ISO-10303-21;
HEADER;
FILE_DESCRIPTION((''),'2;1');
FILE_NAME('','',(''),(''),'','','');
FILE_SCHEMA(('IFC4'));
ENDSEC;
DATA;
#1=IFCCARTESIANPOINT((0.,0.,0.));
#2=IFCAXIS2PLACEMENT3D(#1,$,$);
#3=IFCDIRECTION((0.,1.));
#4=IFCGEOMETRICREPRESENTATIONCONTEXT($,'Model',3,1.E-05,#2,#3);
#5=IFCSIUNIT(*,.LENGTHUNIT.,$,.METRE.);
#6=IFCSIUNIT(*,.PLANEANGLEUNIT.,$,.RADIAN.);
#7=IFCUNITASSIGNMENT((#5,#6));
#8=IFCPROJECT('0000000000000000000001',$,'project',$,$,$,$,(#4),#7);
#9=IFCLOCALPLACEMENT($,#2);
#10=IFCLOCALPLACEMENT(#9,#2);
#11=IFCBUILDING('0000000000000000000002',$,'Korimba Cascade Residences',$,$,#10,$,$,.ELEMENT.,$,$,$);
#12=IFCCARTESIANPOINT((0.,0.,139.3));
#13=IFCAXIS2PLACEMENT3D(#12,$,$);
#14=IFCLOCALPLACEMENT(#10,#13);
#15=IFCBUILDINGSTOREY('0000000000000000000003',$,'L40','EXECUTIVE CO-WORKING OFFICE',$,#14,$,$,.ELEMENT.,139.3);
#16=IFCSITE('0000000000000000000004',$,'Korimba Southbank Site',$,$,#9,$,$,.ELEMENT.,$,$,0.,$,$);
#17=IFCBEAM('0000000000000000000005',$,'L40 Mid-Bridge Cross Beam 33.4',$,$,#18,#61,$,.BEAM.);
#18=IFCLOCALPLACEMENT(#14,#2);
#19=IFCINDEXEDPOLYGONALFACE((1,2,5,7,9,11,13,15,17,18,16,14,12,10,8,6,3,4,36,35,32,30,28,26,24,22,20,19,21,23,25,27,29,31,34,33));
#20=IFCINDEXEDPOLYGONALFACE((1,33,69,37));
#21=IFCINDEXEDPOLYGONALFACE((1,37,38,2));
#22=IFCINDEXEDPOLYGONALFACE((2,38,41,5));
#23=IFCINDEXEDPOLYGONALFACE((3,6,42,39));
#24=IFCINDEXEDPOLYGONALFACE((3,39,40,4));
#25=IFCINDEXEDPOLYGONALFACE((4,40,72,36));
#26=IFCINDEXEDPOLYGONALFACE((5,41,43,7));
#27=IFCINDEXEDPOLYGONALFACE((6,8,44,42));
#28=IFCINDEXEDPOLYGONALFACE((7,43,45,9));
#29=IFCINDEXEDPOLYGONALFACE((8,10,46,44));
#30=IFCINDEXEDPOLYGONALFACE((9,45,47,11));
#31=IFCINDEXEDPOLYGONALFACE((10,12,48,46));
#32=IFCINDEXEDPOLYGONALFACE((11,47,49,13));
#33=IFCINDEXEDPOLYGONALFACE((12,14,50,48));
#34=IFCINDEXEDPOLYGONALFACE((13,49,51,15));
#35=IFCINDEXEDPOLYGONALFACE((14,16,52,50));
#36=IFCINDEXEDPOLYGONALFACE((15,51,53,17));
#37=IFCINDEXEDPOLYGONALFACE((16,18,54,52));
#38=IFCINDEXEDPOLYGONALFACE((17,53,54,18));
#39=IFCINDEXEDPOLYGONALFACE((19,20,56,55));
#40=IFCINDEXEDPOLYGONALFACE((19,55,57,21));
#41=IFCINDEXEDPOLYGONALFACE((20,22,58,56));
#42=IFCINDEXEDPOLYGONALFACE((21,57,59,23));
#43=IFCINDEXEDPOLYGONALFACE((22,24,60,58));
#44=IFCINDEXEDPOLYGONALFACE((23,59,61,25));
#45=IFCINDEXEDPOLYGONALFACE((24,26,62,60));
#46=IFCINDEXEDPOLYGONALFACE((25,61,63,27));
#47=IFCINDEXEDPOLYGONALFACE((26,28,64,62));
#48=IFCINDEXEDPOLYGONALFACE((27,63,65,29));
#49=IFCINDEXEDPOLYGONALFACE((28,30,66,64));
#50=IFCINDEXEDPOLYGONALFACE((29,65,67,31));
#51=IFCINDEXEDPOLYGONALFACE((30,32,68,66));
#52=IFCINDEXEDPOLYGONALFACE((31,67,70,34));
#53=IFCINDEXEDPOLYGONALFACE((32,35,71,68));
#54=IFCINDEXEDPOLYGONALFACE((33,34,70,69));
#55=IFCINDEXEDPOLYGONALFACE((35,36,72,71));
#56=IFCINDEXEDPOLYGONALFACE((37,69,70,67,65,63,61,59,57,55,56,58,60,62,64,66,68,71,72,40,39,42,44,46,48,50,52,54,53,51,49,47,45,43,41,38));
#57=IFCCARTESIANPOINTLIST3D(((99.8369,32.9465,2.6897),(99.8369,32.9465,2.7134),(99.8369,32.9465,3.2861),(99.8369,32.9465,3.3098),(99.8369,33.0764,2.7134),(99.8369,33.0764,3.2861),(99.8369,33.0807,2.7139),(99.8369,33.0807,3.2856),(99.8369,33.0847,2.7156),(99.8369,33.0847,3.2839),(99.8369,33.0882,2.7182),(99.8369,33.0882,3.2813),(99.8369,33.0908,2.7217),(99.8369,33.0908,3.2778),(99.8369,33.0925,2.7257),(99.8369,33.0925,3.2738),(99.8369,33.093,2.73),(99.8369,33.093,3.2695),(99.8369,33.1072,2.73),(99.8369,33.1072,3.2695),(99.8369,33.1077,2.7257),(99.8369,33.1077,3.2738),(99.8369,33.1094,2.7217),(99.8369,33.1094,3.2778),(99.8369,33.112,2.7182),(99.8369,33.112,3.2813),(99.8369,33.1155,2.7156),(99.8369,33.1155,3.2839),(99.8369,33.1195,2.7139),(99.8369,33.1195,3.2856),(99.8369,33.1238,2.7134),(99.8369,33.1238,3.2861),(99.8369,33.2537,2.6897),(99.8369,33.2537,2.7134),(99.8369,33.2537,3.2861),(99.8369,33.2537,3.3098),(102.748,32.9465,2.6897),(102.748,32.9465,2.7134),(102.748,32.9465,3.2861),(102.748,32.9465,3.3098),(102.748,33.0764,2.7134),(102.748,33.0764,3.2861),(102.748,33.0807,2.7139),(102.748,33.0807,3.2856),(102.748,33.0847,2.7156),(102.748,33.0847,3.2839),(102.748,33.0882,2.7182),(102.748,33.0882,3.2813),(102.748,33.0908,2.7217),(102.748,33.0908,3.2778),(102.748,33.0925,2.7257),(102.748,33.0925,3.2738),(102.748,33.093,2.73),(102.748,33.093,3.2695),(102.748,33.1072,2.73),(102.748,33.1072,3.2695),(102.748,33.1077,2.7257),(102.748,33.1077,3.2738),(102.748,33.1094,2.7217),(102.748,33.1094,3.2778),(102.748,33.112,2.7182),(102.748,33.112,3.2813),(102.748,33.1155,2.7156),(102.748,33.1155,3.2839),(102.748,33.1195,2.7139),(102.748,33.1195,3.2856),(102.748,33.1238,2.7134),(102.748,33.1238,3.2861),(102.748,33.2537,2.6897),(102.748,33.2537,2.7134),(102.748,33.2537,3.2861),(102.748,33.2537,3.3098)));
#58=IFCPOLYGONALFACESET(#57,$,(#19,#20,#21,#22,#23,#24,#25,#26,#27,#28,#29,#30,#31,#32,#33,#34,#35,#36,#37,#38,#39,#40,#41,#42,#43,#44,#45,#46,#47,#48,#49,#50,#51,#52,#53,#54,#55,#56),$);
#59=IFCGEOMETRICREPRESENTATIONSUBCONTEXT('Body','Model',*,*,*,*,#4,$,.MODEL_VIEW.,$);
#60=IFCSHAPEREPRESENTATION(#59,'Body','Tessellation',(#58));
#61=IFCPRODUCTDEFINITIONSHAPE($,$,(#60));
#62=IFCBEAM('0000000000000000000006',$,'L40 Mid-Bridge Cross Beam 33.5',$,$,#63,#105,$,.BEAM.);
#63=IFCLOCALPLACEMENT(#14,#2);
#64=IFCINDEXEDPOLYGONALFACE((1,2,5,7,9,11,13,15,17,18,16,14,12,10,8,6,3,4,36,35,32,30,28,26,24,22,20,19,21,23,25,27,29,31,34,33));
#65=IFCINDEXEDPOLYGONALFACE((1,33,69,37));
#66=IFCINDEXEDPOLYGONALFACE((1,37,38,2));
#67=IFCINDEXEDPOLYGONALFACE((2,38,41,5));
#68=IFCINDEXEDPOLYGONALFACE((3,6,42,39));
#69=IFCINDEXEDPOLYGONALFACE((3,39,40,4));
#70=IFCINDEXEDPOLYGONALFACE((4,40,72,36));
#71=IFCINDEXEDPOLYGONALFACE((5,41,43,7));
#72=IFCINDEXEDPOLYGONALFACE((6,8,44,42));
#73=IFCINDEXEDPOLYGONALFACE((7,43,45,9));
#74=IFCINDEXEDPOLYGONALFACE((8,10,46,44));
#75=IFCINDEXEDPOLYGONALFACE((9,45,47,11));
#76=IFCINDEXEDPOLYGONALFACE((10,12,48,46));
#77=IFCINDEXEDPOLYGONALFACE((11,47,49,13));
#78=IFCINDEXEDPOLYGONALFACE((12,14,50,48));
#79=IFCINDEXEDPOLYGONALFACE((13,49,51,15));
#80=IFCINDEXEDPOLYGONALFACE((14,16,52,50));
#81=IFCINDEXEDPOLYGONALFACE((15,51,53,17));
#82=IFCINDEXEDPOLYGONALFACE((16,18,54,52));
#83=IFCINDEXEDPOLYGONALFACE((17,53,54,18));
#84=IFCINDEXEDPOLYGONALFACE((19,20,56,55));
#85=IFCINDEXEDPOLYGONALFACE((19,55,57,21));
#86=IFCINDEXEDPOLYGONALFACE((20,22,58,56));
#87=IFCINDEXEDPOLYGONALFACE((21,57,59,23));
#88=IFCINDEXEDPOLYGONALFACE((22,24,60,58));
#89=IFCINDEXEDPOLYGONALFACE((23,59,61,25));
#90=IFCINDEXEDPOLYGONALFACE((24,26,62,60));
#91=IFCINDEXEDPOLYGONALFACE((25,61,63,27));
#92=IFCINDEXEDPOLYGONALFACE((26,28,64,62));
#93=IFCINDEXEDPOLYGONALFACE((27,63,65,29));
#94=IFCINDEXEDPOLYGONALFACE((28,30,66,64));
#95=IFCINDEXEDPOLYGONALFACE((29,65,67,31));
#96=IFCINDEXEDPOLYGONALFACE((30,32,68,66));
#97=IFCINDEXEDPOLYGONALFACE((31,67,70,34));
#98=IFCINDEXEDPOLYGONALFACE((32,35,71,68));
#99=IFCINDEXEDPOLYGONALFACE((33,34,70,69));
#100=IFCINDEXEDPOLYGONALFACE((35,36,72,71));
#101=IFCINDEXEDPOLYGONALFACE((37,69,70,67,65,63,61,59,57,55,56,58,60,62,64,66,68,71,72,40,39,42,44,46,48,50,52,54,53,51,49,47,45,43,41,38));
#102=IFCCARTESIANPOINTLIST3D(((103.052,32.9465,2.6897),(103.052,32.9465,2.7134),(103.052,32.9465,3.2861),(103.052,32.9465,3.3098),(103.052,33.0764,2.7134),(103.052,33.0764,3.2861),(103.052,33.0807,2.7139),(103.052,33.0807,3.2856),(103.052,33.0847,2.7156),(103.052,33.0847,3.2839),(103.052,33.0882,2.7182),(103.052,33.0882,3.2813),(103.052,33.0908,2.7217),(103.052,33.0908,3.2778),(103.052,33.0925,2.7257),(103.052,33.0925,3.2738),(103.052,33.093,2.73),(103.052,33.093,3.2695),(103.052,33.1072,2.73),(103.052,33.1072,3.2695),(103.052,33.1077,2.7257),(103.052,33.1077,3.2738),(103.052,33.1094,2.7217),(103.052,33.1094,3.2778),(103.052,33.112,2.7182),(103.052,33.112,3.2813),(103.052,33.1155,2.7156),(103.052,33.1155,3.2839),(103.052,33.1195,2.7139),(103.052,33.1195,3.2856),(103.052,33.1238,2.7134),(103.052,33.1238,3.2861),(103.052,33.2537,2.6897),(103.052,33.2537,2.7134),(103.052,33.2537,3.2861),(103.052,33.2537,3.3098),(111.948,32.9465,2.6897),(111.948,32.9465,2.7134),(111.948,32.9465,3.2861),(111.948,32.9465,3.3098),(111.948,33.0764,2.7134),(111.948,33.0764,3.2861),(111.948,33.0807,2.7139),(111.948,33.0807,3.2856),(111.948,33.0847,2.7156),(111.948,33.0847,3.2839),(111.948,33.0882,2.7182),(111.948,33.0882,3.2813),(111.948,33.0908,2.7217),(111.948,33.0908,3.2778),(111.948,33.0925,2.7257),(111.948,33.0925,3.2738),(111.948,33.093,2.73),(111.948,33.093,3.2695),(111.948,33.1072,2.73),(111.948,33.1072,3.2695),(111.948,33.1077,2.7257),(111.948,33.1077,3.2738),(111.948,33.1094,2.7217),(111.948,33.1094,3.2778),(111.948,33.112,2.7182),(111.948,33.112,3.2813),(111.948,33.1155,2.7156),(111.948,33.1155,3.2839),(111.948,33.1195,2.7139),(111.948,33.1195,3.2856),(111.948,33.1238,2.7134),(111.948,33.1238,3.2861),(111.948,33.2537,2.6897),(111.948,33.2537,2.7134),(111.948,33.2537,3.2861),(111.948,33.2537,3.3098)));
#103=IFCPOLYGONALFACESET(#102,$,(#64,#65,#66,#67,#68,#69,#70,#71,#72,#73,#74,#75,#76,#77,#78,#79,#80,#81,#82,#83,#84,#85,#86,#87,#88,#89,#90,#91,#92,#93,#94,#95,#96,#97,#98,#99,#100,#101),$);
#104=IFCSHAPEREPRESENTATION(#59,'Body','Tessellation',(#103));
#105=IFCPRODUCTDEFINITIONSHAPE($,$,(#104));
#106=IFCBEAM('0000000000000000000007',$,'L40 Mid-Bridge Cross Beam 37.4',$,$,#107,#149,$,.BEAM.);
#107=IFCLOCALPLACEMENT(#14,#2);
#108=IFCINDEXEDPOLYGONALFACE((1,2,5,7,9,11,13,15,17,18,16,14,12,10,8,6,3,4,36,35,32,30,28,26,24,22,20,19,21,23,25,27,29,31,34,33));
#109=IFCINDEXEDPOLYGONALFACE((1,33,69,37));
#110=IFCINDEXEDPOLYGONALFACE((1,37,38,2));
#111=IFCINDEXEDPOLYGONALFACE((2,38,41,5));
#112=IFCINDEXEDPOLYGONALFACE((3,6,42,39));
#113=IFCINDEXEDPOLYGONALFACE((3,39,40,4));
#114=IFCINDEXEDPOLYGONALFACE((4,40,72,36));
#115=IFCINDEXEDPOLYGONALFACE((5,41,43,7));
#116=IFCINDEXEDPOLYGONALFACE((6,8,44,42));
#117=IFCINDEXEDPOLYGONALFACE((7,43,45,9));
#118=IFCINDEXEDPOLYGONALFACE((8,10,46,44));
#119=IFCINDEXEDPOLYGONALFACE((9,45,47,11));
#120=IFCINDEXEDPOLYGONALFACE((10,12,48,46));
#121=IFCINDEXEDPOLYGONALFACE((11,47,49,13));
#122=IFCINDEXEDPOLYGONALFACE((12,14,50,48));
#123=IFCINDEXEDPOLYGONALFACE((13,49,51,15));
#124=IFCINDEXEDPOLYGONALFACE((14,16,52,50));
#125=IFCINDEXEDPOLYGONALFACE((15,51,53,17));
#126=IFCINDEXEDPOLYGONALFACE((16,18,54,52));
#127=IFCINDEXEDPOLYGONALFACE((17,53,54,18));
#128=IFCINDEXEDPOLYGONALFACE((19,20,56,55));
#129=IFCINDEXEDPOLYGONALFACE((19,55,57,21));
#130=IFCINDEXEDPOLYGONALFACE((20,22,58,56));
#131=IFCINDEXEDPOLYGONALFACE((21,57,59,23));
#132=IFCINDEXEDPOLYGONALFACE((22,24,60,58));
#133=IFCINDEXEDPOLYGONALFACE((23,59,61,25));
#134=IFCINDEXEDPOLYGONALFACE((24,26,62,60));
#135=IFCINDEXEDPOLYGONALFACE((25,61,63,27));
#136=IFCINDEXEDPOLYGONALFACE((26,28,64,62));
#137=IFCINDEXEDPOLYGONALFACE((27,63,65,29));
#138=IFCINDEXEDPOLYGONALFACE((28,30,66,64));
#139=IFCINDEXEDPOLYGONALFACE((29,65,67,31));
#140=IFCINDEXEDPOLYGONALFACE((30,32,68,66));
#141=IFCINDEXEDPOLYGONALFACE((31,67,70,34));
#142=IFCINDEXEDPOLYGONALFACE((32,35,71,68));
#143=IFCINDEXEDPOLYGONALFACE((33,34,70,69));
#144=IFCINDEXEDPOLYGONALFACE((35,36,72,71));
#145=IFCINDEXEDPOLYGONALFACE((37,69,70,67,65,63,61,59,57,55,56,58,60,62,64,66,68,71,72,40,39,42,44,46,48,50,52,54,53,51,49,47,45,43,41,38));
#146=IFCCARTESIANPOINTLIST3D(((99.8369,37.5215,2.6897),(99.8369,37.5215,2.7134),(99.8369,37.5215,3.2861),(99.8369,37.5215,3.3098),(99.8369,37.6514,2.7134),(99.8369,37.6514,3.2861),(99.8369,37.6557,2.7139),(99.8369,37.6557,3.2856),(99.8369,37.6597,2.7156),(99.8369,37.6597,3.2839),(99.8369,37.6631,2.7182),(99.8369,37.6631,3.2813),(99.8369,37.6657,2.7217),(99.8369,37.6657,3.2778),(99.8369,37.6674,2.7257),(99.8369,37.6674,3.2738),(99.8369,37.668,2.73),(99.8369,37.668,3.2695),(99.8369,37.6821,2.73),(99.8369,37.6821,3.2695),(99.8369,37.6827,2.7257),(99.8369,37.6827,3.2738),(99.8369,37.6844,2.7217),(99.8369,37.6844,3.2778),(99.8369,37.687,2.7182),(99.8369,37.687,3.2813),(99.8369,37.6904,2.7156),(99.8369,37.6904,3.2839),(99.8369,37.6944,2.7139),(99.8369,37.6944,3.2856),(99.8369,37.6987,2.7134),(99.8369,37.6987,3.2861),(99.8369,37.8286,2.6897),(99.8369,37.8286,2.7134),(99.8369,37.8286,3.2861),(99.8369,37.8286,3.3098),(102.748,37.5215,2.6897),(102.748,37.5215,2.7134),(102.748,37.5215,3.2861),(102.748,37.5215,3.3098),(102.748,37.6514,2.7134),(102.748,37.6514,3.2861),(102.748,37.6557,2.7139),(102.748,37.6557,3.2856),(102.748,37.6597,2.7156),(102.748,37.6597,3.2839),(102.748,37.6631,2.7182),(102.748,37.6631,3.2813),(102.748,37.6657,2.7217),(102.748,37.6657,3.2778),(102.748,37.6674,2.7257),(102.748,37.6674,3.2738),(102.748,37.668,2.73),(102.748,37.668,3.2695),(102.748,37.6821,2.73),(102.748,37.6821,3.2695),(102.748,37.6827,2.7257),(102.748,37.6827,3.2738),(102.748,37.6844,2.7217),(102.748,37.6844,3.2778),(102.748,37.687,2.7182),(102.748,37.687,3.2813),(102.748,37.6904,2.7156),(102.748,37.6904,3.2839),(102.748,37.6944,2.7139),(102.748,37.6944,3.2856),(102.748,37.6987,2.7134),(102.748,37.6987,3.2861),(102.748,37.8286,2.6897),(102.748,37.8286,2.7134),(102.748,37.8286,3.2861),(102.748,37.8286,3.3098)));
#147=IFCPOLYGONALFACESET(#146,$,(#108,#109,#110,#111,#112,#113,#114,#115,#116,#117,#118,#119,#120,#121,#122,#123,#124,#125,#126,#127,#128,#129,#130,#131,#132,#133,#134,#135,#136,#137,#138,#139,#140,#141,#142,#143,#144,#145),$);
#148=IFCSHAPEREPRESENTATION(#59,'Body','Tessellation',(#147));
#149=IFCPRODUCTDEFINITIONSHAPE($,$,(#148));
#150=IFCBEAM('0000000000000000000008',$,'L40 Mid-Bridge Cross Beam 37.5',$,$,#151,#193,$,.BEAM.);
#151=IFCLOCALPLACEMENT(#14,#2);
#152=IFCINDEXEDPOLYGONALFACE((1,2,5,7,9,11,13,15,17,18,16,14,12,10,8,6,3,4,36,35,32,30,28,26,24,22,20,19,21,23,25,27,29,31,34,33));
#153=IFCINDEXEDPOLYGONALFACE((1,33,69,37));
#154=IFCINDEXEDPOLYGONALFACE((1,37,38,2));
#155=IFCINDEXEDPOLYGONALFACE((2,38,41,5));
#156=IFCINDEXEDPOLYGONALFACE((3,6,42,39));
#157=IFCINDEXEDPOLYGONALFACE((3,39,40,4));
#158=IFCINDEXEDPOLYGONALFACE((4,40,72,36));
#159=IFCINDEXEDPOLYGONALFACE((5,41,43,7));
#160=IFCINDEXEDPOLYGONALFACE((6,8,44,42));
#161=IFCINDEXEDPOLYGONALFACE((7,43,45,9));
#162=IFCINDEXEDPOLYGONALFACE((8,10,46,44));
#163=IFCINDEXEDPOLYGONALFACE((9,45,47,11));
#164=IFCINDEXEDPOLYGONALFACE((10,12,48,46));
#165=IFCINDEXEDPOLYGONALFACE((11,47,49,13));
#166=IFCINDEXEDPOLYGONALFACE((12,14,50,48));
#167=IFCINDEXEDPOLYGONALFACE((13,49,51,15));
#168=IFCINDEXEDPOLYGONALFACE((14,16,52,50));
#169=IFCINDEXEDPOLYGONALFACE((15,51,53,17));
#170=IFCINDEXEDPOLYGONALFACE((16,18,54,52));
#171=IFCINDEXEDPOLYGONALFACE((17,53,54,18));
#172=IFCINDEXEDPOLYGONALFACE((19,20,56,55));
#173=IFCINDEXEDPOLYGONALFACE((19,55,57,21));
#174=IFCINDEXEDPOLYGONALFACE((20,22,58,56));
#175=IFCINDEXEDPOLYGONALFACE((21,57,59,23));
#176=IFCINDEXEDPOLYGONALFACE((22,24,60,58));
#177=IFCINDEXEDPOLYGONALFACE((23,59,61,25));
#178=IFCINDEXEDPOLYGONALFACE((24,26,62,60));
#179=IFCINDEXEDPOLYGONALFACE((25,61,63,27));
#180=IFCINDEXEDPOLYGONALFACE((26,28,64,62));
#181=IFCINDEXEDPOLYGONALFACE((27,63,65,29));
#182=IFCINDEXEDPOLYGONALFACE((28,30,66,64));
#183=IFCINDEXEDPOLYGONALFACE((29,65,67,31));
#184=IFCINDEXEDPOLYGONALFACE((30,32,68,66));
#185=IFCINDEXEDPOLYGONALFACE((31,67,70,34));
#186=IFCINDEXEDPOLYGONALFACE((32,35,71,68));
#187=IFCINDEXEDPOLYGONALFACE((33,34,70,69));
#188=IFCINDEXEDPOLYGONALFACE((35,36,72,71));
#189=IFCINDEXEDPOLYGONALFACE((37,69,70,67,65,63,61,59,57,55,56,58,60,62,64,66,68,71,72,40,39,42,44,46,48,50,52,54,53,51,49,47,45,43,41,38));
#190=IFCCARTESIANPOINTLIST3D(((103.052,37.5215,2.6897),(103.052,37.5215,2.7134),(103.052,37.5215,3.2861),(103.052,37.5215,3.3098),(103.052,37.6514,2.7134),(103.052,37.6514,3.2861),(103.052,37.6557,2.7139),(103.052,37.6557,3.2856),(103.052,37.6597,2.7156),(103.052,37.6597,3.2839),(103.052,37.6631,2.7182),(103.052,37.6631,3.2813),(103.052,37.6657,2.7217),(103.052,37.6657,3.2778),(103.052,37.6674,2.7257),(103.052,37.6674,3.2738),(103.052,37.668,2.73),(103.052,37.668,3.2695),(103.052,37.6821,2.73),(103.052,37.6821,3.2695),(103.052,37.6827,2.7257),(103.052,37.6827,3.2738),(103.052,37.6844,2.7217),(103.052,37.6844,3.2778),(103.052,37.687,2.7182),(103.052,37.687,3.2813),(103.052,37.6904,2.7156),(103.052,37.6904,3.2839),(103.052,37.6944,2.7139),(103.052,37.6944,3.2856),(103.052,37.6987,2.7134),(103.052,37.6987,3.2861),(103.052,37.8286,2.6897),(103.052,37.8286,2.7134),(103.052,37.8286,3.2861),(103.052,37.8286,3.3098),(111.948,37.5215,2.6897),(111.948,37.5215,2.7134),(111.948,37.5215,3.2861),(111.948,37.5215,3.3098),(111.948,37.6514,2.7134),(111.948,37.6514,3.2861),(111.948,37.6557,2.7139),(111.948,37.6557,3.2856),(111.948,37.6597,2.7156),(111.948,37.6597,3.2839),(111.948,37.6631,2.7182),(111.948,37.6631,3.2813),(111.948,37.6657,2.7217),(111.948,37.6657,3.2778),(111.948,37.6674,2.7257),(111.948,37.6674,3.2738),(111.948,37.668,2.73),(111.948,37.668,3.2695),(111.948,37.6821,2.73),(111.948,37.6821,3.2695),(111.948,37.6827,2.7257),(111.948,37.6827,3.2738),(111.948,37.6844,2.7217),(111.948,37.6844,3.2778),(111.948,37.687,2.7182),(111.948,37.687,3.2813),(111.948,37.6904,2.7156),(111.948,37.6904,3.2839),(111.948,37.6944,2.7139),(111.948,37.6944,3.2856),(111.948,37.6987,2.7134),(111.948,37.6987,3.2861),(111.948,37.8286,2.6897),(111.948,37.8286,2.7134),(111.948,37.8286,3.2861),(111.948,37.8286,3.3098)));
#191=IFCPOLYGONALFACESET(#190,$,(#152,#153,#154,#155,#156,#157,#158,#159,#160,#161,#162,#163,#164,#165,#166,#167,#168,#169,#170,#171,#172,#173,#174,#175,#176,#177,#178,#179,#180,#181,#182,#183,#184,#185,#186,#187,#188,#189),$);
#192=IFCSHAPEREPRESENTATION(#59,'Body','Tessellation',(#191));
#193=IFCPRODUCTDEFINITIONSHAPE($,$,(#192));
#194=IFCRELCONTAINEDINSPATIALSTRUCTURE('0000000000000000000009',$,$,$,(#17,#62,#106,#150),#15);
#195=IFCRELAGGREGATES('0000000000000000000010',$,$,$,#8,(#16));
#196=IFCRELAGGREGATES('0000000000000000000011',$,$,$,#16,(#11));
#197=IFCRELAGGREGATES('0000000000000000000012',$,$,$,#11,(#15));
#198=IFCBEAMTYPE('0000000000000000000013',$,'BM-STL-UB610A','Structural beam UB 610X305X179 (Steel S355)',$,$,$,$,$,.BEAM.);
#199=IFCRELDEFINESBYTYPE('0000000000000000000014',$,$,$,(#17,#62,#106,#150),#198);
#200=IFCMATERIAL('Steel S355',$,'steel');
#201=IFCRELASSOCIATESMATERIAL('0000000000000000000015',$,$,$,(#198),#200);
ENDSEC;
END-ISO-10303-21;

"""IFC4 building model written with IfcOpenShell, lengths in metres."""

from ifc_helpers import new_model, si_unit, direction, frame, origin, origin_2d, place, context, subcontext, project, spatial, i_section, extrude, material, material_profile, profile_set, type_object, element, save


model = new_model("IFC4")

# Units and contexts
model_context = context("Model", 3, precision=1e-05, world=origin(), true_north=direction((0.0, 1.0)))
body_context = subcontext(model_context, "Body", "Model", "MODEL_VIEW")
ifc_project = project(units=[si_unit("LENGTHUNIT", "METRE"), si_unit("PLANEANGLEUNIT", "RADIAN")], contexts=[model_context])

# Site, building, storey
site_placement = place(None, origin())
site = spatial("IfcSite", under=ifc_project, at=site_placement, Name="Korimba Southbank Site", CompositionType="ELEMENT", RefElevation=0.0)
building_placement = place(site_placement, origin())
building = spatial("IfcBuilding", under=site, at=building_placement, Name="Korimba Cascade Residences", CompositionType="ELEMENT")
storey_placement = place(building_placement, frame((0.0, 0.0, 139.3)))
storey = spatial("IfcBuildingStorey", under=building, at=storey_placement, Name="L40", Description="EXECUTIVE CO-WORKING OFFICE", CompositionType="ELEMENT", Elevation=139.3)

# Beams
ifc_material_1 = material(Name="Steel S355", Category="steel")
ifc_material_profile_1 = material_profile(ifc_material_1, i_section(OverallWidth=0.3071, OverallDepth=0.6201, WebThickness=0.0142, FlangeThickness=0.0237, FilletRadius=0.0166, at=origin_2d()), Name="Steel S355")
ifc_profile_set_1 = profile_set([ifc_material_profile_1], Name="Steel S355")
beam_type = type_object("IfcBeamType", Name="BM-STL-UB610A", Description="Structural beam UB 610X305X179 (Steel S355)", PredefinedType="BEAM", material=ifc_profile_set_1)
beam_1_placement = place(storey_placement, frame((99.8369, 33.1001, 2.9998), z_axis=(1.0, 0.0, 0.0), x_axis=(0.0, 1.0, 0.0)))
element("IfcBeam", 1, at=beam_1_placement, inside=storey, type_object=beam_type, Name="L40 Mid-Bridge Cross Beam 33.4", PredefinedType="BEAM", context=body_context, shape_type="SweptSolid", body=[
    extrude(i_section(OverallWidth=0.3071, OverallDepth=0.6201, WebThickness=0.0142, FlangeThickness=0.0237, FilletRadius=0.0166, at=origin_2d()), origin(), (0.0, 0.0, 1.0), 2.9111),
])
beam_2_placement = place(storey_placement, frame((103.052, 33.1001, 2.9998), z_axis=(1.0, 0.0, 0.0), x_axis=(0.0, 1.0, 0.0)))
element("IfcBeam", 2, at=beam_2_placement, inside=storey, type_object=beam_type, Name="L40 Mid-Bridge Cross Beam 33.5", PredefinedType="BEAM", context=body_context, shape_type="SweptSolid", body=[
    extrude(i_section(OverallWidth=0.3071, OverallDepth=0.6201, WebThickness=0.0142, FlangeThickness=0.0237, FilletRadius=0.0166, at=origin_2d()), origin(), (0.0, 0.0, 1.0), 8.896),
])
beam_3_placement = place(storey_placement, frame((99.8369, 37.675, 2.9998), z_axis=(1.0, 0.0, 0.0), x_axis=(0.0, 1.0, 0.0)))
element("IfcBeam", 3, at=beam_3_placement, inside=storey, type_object=beam_type, Name="L40 Mid-Bridge Cross Beam 37.4", PredefinedType="BEAM", context=body_context, shape_type="SweptSolid", body=[
    extrude(i_section(OverallWidth=0.3071, OverallDepth=0.6201, WebThickness=0.0142, FlangeThickness=0.0237, FilletRadius=0.0166, at=origin_2d()), origin(), (0.0, 0.0, 1.0), 2.9111),
])
beam_4_placement = place(storey_placement, frame((103.052, 37.675, 2.9998), z_axis=(1.0, 0.0, 0.0), x_axis=(0.0, 1.0, 0.0)))
element("IfcBeam", 4, at=beam_4_placement, inside=storey, type_object=beam_type, Name="L40 Mid-Bridge Cross Beam 37.5", PredefinedType="BEAM", context=body_context, shape_type="SweptSolid", body=[
    extrude(i_section(OverallWidth=0.3071, OverallDepth=0.6201, WebThickness=0.0142, FlangeThickness=0.0237, FilletRadius=0.0166, at=origin_2d()), origin(), (0.0, 0.0, 1.0), 8.896),
])

save(model, "model.ifc")
